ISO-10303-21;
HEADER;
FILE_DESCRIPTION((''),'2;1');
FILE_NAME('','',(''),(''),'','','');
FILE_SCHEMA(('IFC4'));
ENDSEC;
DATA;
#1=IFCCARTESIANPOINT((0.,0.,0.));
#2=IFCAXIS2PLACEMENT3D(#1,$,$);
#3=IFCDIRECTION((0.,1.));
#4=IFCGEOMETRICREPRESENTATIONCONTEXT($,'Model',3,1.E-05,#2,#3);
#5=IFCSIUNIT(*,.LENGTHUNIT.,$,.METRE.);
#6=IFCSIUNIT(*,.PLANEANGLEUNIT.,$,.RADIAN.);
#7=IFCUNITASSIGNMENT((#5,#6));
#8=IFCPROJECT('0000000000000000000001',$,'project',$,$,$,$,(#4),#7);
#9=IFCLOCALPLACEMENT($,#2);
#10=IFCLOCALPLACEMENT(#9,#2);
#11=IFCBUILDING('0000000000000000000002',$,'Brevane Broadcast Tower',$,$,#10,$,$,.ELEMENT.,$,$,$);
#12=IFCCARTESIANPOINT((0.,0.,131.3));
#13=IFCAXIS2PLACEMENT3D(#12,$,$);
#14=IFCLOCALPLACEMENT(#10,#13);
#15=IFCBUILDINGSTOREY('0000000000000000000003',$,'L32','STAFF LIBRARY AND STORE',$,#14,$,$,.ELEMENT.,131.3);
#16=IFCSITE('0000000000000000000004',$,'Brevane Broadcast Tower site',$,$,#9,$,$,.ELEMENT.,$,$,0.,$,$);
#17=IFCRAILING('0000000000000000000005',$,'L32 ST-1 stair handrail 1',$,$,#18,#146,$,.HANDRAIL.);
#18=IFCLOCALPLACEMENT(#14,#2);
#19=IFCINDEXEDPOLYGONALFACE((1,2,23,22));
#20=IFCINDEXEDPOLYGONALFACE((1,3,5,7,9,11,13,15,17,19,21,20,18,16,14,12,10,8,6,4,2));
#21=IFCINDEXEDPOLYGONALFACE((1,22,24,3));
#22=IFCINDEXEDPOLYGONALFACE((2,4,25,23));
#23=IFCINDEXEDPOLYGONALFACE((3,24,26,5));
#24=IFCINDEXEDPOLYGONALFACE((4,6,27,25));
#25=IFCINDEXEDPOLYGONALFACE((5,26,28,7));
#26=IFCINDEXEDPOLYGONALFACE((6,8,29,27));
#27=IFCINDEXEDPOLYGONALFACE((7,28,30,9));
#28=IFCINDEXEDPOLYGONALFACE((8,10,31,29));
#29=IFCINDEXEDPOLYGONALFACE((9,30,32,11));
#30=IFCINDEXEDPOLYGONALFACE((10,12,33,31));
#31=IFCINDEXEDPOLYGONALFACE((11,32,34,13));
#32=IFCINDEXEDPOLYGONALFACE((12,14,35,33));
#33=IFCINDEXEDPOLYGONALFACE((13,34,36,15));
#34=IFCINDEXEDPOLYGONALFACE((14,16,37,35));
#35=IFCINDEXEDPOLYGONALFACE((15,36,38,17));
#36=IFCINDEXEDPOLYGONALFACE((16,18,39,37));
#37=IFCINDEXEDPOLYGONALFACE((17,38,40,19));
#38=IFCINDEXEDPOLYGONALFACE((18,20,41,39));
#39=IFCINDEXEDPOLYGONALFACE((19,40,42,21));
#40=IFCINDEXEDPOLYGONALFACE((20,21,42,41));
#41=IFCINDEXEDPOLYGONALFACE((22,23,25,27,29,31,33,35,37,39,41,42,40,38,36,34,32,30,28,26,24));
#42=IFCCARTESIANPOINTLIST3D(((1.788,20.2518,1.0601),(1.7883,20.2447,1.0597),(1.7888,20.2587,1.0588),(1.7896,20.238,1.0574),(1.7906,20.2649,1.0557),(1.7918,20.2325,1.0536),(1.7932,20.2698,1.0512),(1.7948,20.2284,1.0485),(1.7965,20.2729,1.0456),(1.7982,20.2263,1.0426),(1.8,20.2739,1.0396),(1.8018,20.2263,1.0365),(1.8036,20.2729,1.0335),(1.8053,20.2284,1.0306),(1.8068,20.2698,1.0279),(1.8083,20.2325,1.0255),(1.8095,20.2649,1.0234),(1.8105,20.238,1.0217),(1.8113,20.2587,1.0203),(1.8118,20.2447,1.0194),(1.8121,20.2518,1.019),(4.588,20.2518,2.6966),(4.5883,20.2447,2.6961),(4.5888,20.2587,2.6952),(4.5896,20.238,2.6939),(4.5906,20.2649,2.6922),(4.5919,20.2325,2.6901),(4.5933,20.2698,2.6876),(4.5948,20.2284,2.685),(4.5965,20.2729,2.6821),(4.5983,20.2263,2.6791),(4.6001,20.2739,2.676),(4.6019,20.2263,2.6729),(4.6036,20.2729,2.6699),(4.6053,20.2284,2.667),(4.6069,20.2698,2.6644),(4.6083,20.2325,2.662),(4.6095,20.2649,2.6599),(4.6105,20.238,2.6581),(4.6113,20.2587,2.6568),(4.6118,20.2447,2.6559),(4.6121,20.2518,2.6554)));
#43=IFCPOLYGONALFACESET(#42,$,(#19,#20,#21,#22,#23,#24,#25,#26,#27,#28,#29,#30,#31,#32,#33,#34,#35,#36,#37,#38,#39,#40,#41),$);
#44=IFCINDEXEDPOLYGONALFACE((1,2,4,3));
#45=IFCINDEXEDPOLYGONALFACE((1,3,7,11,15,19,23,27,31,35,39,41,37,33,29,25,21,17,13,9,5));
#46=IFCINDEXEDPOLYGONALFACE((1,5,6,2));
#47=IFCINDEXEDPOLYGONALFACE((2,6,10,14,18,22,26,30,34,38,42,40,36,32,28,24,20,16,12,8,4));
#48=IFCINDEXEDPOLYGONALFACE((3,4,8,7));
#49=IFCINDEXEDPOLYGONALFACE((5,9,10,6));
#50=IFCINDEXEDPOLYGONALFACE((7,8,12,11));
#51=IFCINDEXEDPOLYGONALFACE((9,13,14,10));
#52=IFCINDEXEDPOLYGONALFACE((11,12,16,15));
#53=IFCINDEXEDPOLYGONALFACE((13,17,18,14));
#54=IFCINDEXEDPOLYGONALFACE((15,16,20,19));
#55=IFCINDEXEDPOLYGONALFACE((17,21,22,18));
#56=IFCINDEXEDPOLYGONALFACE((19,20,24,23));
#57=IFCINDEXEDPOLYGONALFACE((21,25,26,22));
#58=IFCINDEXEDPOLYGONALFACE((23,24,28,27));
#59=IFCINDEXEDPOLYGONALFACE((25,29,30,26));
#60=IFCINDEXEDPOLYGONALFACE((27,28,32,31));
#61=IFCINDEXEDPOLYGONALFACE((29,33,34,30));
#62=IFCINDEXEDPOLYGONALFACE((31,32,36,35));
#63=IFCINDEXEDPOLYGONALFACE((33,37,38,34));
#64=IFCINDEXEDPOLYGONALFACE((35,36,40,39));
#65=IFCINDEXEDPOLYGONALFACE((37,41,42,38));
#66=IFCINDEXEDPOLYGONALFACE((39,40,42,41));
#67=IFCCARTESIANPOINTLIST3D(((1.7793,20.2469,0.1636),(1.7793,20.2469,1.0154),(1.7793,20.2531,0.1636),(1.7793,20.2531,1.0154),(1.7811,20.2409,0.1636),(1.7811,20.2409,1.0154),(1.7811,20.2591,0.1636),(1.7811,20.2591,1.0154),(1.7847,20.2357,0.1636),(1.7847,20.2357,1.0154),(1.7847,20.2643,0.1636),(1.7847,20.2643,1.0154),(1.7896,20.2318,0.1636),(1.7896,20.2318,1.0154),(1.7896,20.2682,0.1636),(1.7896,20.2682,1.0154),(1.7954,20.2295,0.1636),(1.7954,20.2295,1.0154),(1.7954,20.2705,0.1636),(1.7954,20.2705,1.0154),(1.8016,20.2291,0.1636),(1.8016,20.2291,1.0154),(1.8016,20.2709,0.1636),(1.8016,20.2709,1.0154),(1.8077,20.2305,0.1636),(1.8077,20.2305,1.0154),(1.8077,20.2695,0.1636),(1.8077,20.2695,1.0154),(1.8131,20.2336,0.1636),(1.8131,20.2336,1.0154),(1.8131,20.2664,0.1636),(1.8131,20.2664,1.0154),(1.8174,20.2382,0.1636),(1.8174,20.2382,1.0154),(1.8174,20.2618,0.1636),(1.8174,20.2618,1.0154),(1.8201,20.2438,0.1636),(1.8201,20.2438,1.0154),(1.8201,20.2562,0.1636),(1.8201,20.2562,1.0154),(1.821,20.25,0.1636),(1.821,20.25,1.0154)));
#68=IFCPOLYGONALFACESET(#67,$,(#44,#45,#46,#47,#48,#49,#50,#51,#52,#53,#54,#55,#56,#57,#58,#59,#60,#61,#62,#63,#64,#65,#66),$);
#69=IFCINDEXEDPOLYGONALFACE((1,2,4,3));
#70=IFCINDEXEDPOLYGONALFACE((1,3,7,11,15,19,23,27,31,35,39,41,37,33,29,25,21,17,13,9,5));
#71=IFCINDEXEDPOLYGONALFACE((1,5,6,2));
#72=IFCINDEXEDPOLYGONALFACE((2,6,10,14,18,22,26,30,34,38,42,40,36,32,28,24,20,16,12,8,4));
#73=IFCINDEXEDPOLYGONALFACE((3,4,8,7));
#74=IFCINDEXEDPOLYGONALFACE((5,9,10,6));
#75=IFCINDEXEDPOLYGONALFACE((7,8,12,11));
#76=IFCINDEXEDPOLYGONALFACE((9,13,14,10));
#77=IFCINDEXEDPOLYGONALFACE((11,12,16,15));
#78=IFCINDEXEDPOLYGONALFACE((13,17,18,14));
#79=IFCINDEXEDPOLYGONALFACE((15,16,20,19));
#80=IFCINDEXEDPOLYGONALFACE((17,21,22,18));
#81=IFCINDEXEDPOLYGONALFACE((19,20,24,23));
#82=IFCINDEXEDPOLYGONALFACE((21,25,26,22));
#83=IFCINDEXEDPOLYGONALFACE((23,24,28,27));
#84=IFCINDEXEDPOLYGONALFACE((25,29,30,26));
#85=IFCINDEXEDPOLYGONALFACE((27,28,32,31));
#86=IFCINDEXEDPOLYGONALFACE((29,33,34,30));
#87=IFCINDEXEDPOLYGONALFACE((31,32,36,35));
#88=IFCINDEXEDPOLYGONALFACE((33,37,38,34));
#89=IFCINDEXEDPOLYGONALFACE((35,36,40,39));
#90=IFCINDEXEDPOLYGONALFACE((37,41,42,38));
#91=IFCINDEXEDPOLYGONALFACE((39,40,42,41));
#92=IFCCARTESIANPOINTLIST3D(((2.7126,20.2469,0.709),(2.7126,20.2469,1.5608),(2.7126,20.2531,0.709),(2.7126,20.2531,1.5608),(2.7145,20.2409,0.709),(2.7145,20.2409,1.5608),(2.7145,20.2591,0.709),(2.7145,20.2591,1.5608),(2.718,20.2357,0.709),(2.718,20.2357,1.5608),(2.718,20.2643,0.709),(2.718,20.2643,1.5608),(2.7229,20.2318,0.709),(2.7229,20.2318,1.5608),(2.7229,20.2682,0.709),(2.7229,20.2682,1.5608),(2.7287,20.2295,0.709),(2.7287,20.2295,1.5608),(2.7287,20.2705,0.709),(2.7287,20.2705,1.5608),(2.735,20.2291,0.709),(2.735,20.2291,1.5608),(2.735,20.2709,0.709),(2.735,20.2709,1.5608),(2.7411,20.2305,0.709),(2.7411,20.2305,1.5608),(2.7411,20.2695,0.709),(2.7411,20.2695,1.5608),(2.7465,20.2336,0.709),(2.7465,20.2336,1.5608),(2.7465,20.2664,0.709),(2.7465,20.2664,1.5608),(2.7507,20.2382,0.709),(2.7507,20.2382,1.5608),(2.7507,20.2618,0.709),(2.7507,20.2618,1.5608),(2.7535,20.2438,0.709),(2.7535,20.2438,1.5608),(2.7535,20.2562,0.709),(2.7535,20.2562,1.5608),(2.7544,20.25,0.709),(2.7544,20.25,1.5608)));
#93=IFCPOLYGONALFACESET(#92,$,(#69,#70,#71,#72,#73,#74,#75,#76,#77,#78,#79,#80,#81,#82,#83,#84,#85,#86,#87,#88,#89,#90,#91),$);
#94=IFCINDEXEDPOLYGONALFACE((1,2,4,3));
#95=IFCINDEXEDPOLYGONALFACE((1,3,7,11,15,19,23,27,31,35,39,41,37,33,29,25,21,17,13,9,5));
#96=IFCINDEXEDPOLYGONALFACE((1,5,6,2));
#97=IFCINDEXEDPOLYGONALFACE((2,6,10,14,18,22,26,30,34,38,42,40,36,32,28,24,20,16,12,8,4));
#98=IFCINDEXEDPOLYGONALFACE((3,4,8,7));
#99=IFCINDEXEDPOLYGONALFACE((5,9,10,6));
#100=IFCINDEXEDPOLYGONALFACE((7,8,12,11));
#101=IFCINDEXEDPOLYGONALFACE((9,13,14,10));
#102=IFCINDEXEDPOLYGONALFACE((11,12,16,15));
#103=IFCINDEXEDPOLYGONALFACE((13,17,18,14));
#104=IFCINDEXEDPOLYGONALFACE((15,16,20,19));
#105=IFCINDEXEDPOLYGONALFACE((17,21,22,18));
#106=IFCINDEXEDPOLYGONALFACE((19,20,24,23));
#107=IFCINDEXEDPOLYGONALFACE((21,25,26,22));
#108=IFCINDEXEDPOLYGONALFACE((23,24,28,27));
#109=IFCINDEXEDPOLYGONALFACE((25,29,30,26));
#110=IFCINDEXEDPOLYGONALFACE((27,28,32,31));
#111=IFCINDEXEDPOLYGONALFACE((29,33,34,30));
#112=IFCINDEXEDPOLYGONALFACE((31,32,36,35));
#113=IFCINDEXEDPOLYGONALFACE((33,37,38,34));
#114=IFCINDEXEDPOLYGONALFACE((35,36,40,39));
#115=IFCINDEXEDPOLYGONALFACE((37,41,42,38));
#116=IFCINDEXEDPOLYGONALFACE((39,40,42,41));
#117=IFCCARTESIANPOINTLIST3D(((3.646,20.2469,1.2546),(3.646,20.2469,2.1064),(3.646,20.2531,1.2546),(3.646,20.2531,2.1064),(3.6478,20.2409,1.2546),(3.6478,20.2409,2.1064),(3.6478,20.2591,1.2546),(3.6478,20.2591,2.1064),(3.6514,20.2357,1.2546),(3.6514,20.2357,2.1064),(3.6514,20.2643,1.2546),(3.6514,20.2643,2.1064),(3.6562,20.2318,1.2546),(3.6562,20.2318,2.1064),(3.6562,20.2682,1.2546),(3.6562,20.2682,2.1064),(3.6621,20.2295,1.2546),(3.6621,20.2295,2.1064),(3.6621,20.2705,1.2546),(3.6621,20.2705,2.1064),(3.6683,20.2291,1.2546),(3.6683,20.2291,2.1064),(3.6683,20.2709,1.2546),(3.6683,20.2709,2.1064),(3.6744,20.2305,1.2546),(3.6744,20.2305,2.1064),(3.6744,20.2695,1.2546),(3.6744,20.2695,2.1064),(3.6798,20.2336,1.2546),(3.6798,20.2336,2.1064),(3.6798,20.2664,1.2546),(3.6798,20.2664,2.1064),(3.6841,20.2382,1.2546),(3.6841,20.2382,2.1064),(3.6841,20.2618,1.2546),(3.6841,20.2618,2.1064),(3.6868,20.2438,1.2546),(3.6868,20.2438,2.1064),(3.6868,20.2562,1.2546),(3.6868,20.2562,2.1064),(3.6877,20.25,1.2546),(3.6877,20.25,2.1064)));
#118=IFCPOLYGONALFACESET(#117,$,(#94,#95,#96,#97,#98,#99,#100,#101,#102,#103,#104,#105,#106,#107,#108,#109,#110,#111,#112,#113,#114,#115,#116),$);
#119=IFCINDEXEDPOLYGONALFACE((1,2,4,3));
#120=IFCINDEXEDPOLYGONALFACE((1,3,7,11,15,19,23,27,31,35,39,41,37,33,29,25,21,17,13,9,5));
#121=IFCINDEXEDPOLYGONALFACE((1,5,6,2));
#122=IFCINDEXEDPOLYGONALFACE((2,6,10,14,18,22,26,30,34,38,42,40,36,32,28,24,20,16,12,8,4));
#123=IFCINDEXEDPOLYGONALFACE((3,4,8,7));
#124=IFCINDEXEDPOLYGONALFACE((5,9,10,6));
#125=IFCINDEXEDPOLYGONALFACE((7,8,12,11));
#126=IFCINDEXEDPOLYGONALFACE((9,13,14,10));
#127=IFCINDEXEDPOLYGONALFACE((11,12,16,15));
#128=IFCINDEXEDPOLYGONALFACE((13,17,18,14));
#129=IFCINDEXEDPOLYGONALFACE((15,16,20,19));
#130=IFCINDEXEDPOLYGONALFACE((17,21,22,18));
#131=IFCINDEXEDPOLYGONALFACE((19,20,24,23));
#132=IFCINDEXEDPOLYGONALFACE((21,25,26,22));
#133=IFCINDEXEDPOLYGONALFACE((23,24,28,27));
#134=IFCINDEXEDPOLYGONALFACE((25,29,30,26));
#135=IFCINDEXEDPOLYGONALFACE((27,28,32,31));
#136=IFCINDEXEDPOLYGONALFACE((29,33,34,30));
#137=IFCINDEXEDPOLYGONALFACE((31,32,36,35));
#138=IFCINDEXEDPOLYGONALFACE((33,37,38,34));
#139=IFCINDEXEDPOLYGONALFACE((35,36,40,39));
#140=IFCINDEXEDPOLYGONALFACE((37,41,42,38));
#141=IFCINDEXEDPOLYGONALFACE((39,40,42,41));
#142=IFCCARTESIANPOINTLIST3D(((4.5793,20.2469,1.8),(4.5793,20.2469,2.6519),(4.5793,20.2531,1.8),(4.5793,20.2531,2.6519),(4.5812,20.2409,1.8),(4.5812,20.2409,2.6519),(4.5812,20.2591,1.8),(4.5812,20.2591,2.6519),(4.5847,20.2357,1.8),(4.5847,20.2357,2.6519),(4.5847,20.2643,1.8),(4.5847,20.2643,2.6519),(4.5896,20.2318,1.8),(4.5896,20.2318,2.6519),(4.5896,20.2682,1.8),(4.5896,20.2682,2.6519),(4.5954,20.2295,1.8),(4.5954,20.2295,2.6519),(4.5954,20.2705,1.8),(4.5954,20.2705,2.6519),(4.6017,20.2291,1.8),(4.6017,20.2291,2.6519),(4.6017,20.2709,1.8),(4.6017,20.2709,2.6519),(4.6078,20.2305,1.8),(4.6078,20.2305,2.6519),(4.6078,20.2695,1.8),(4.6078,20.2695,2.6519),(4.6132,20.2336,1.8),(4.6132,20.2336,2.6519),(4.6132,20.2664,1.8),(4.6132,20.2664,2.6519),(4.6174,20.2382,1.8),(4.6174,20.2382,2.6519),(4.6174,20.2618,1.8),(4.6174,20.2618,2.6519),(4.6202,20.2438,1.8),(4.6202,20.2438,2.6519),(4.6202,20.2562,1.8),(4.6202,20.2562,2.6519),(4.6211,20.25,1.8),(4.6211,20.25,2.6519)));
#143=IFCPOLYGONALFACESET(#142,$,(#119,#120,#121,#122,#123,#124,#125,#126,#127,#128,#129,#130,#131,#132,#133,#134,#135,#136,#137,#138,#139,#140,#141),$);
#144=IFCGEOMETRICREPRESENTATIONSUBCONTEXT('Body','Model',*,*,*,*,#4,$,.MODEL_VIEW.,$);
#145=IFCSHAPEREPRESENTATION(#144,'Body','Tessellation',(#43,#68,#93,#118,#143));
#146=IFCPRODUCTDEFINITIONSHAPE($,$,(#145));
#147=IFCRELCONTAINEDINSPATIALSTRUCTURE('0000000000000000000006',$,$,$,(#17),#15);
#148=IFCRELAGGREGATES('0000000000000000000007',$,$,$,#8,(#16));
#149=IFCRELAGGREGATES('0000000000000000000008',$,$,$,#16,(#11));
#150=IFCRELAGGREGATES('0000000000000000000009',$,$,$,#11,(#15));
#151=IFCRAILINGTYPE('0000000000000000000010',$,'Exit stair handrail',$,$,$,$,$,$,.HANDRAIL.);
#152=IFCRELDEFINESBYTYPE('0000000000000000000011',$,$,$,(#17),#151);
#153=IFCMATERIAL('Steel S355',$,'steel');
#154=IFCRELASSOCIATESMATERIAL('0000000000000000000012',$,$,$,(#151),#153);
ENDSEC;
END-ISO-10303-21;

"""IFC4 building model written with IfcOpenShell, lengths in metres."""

from ifc_helpers import new_model, si_unit, direction, frame, origin, origin_2d, place, context, subcontext, project, spatial, circle, extrude, material, type_object, element, save


model = new_model("IFC4")

# Units and contexts
model_context = context("Model", 3, precision=1e-05, world=origin(), true_north=direction((0.0, 1.0)))
body_context = subcontext(model_context, "Body", "Model", "MODEL_VIEW")
ifc_project = project(units=[si_unit("LENGTHUNIT", "METRE"), si_unit("PLANEANGLEUNIT", "RADIAN")], contexts=[model_context])

# Site, building, storey
site_placement = place(None, origin())
site = spatial("IfcSite", under=ifc_project, at=site_placement, Name="Brevane Broadcast Tower site", CompositionType="ELEMENT", RefElevation=0.0)
building_placement = place(site_placement, origin())
building = spatial("IfcBuilding", under=site, at=building_placement, Name="Brevane Broadcast Tower", CompositionType="ELEMENT")
storey_placement = place(building_placement, frame((0.0, 0.0, 131.3)))
storey = spatial("IfcBuildingStorey", under=building, at=storey_placement, Name="L32", Description="STAFF LIBRARY AND STORE", CompositionType="ELEMENT", Elevation=131.3)

# Railing
ifc_material_1 = material(Name="Steel S355", Category="steel")
railing_type = type_object("IfcRailingType", Name="Exit stair handrail", PredefinedType="HANDRAIL", material=ifc_material_1)
railing_placement = place(storey_placement, frame((1.8, 20.25, 0.1636)))
element("IfcRailing", 1, at=railing_placement, inside=storey, type_object=railing_type, Name="L32 ST-1 stair handrail 1", PredefinedType="HANDRAIL", context=body_context, shape_type="SweptSolid", body=[
    extrude(circle(Radius=0.0239, at=origin_2d()), frame((0.0, 0.0, 0.876), z_axis=(0.863361, 0.0, 0.504587), x_axis=(0.0, 1.0, 0.0)), (0.0, 0.0, 1.0), 3.2432),
    extrude(circle(Radius=0.021, at=origin_2d()), origin(), (0.0, 0.0, 1.0), 0.8518),
    extrude(circle(Radius=0.021, at=origin_2d()), frame((0.9333, 0.0, 0.5454)), (0.0, 0.0, 1.0), 0.8518),
    extrude(circle(Radius=0.021, at=origin_2d()), frame((1.8667, 0.0, 1.0911)), (0.0, 0.0, 1.0), 0.8518),
    extrude(circle(Radius=0.021, at=origin_2d()), frame((2.8, 0.0, 1.6365)), (0.0, 0.0, 1.0), 0.8518),
])

save(model, "model.ifc")
